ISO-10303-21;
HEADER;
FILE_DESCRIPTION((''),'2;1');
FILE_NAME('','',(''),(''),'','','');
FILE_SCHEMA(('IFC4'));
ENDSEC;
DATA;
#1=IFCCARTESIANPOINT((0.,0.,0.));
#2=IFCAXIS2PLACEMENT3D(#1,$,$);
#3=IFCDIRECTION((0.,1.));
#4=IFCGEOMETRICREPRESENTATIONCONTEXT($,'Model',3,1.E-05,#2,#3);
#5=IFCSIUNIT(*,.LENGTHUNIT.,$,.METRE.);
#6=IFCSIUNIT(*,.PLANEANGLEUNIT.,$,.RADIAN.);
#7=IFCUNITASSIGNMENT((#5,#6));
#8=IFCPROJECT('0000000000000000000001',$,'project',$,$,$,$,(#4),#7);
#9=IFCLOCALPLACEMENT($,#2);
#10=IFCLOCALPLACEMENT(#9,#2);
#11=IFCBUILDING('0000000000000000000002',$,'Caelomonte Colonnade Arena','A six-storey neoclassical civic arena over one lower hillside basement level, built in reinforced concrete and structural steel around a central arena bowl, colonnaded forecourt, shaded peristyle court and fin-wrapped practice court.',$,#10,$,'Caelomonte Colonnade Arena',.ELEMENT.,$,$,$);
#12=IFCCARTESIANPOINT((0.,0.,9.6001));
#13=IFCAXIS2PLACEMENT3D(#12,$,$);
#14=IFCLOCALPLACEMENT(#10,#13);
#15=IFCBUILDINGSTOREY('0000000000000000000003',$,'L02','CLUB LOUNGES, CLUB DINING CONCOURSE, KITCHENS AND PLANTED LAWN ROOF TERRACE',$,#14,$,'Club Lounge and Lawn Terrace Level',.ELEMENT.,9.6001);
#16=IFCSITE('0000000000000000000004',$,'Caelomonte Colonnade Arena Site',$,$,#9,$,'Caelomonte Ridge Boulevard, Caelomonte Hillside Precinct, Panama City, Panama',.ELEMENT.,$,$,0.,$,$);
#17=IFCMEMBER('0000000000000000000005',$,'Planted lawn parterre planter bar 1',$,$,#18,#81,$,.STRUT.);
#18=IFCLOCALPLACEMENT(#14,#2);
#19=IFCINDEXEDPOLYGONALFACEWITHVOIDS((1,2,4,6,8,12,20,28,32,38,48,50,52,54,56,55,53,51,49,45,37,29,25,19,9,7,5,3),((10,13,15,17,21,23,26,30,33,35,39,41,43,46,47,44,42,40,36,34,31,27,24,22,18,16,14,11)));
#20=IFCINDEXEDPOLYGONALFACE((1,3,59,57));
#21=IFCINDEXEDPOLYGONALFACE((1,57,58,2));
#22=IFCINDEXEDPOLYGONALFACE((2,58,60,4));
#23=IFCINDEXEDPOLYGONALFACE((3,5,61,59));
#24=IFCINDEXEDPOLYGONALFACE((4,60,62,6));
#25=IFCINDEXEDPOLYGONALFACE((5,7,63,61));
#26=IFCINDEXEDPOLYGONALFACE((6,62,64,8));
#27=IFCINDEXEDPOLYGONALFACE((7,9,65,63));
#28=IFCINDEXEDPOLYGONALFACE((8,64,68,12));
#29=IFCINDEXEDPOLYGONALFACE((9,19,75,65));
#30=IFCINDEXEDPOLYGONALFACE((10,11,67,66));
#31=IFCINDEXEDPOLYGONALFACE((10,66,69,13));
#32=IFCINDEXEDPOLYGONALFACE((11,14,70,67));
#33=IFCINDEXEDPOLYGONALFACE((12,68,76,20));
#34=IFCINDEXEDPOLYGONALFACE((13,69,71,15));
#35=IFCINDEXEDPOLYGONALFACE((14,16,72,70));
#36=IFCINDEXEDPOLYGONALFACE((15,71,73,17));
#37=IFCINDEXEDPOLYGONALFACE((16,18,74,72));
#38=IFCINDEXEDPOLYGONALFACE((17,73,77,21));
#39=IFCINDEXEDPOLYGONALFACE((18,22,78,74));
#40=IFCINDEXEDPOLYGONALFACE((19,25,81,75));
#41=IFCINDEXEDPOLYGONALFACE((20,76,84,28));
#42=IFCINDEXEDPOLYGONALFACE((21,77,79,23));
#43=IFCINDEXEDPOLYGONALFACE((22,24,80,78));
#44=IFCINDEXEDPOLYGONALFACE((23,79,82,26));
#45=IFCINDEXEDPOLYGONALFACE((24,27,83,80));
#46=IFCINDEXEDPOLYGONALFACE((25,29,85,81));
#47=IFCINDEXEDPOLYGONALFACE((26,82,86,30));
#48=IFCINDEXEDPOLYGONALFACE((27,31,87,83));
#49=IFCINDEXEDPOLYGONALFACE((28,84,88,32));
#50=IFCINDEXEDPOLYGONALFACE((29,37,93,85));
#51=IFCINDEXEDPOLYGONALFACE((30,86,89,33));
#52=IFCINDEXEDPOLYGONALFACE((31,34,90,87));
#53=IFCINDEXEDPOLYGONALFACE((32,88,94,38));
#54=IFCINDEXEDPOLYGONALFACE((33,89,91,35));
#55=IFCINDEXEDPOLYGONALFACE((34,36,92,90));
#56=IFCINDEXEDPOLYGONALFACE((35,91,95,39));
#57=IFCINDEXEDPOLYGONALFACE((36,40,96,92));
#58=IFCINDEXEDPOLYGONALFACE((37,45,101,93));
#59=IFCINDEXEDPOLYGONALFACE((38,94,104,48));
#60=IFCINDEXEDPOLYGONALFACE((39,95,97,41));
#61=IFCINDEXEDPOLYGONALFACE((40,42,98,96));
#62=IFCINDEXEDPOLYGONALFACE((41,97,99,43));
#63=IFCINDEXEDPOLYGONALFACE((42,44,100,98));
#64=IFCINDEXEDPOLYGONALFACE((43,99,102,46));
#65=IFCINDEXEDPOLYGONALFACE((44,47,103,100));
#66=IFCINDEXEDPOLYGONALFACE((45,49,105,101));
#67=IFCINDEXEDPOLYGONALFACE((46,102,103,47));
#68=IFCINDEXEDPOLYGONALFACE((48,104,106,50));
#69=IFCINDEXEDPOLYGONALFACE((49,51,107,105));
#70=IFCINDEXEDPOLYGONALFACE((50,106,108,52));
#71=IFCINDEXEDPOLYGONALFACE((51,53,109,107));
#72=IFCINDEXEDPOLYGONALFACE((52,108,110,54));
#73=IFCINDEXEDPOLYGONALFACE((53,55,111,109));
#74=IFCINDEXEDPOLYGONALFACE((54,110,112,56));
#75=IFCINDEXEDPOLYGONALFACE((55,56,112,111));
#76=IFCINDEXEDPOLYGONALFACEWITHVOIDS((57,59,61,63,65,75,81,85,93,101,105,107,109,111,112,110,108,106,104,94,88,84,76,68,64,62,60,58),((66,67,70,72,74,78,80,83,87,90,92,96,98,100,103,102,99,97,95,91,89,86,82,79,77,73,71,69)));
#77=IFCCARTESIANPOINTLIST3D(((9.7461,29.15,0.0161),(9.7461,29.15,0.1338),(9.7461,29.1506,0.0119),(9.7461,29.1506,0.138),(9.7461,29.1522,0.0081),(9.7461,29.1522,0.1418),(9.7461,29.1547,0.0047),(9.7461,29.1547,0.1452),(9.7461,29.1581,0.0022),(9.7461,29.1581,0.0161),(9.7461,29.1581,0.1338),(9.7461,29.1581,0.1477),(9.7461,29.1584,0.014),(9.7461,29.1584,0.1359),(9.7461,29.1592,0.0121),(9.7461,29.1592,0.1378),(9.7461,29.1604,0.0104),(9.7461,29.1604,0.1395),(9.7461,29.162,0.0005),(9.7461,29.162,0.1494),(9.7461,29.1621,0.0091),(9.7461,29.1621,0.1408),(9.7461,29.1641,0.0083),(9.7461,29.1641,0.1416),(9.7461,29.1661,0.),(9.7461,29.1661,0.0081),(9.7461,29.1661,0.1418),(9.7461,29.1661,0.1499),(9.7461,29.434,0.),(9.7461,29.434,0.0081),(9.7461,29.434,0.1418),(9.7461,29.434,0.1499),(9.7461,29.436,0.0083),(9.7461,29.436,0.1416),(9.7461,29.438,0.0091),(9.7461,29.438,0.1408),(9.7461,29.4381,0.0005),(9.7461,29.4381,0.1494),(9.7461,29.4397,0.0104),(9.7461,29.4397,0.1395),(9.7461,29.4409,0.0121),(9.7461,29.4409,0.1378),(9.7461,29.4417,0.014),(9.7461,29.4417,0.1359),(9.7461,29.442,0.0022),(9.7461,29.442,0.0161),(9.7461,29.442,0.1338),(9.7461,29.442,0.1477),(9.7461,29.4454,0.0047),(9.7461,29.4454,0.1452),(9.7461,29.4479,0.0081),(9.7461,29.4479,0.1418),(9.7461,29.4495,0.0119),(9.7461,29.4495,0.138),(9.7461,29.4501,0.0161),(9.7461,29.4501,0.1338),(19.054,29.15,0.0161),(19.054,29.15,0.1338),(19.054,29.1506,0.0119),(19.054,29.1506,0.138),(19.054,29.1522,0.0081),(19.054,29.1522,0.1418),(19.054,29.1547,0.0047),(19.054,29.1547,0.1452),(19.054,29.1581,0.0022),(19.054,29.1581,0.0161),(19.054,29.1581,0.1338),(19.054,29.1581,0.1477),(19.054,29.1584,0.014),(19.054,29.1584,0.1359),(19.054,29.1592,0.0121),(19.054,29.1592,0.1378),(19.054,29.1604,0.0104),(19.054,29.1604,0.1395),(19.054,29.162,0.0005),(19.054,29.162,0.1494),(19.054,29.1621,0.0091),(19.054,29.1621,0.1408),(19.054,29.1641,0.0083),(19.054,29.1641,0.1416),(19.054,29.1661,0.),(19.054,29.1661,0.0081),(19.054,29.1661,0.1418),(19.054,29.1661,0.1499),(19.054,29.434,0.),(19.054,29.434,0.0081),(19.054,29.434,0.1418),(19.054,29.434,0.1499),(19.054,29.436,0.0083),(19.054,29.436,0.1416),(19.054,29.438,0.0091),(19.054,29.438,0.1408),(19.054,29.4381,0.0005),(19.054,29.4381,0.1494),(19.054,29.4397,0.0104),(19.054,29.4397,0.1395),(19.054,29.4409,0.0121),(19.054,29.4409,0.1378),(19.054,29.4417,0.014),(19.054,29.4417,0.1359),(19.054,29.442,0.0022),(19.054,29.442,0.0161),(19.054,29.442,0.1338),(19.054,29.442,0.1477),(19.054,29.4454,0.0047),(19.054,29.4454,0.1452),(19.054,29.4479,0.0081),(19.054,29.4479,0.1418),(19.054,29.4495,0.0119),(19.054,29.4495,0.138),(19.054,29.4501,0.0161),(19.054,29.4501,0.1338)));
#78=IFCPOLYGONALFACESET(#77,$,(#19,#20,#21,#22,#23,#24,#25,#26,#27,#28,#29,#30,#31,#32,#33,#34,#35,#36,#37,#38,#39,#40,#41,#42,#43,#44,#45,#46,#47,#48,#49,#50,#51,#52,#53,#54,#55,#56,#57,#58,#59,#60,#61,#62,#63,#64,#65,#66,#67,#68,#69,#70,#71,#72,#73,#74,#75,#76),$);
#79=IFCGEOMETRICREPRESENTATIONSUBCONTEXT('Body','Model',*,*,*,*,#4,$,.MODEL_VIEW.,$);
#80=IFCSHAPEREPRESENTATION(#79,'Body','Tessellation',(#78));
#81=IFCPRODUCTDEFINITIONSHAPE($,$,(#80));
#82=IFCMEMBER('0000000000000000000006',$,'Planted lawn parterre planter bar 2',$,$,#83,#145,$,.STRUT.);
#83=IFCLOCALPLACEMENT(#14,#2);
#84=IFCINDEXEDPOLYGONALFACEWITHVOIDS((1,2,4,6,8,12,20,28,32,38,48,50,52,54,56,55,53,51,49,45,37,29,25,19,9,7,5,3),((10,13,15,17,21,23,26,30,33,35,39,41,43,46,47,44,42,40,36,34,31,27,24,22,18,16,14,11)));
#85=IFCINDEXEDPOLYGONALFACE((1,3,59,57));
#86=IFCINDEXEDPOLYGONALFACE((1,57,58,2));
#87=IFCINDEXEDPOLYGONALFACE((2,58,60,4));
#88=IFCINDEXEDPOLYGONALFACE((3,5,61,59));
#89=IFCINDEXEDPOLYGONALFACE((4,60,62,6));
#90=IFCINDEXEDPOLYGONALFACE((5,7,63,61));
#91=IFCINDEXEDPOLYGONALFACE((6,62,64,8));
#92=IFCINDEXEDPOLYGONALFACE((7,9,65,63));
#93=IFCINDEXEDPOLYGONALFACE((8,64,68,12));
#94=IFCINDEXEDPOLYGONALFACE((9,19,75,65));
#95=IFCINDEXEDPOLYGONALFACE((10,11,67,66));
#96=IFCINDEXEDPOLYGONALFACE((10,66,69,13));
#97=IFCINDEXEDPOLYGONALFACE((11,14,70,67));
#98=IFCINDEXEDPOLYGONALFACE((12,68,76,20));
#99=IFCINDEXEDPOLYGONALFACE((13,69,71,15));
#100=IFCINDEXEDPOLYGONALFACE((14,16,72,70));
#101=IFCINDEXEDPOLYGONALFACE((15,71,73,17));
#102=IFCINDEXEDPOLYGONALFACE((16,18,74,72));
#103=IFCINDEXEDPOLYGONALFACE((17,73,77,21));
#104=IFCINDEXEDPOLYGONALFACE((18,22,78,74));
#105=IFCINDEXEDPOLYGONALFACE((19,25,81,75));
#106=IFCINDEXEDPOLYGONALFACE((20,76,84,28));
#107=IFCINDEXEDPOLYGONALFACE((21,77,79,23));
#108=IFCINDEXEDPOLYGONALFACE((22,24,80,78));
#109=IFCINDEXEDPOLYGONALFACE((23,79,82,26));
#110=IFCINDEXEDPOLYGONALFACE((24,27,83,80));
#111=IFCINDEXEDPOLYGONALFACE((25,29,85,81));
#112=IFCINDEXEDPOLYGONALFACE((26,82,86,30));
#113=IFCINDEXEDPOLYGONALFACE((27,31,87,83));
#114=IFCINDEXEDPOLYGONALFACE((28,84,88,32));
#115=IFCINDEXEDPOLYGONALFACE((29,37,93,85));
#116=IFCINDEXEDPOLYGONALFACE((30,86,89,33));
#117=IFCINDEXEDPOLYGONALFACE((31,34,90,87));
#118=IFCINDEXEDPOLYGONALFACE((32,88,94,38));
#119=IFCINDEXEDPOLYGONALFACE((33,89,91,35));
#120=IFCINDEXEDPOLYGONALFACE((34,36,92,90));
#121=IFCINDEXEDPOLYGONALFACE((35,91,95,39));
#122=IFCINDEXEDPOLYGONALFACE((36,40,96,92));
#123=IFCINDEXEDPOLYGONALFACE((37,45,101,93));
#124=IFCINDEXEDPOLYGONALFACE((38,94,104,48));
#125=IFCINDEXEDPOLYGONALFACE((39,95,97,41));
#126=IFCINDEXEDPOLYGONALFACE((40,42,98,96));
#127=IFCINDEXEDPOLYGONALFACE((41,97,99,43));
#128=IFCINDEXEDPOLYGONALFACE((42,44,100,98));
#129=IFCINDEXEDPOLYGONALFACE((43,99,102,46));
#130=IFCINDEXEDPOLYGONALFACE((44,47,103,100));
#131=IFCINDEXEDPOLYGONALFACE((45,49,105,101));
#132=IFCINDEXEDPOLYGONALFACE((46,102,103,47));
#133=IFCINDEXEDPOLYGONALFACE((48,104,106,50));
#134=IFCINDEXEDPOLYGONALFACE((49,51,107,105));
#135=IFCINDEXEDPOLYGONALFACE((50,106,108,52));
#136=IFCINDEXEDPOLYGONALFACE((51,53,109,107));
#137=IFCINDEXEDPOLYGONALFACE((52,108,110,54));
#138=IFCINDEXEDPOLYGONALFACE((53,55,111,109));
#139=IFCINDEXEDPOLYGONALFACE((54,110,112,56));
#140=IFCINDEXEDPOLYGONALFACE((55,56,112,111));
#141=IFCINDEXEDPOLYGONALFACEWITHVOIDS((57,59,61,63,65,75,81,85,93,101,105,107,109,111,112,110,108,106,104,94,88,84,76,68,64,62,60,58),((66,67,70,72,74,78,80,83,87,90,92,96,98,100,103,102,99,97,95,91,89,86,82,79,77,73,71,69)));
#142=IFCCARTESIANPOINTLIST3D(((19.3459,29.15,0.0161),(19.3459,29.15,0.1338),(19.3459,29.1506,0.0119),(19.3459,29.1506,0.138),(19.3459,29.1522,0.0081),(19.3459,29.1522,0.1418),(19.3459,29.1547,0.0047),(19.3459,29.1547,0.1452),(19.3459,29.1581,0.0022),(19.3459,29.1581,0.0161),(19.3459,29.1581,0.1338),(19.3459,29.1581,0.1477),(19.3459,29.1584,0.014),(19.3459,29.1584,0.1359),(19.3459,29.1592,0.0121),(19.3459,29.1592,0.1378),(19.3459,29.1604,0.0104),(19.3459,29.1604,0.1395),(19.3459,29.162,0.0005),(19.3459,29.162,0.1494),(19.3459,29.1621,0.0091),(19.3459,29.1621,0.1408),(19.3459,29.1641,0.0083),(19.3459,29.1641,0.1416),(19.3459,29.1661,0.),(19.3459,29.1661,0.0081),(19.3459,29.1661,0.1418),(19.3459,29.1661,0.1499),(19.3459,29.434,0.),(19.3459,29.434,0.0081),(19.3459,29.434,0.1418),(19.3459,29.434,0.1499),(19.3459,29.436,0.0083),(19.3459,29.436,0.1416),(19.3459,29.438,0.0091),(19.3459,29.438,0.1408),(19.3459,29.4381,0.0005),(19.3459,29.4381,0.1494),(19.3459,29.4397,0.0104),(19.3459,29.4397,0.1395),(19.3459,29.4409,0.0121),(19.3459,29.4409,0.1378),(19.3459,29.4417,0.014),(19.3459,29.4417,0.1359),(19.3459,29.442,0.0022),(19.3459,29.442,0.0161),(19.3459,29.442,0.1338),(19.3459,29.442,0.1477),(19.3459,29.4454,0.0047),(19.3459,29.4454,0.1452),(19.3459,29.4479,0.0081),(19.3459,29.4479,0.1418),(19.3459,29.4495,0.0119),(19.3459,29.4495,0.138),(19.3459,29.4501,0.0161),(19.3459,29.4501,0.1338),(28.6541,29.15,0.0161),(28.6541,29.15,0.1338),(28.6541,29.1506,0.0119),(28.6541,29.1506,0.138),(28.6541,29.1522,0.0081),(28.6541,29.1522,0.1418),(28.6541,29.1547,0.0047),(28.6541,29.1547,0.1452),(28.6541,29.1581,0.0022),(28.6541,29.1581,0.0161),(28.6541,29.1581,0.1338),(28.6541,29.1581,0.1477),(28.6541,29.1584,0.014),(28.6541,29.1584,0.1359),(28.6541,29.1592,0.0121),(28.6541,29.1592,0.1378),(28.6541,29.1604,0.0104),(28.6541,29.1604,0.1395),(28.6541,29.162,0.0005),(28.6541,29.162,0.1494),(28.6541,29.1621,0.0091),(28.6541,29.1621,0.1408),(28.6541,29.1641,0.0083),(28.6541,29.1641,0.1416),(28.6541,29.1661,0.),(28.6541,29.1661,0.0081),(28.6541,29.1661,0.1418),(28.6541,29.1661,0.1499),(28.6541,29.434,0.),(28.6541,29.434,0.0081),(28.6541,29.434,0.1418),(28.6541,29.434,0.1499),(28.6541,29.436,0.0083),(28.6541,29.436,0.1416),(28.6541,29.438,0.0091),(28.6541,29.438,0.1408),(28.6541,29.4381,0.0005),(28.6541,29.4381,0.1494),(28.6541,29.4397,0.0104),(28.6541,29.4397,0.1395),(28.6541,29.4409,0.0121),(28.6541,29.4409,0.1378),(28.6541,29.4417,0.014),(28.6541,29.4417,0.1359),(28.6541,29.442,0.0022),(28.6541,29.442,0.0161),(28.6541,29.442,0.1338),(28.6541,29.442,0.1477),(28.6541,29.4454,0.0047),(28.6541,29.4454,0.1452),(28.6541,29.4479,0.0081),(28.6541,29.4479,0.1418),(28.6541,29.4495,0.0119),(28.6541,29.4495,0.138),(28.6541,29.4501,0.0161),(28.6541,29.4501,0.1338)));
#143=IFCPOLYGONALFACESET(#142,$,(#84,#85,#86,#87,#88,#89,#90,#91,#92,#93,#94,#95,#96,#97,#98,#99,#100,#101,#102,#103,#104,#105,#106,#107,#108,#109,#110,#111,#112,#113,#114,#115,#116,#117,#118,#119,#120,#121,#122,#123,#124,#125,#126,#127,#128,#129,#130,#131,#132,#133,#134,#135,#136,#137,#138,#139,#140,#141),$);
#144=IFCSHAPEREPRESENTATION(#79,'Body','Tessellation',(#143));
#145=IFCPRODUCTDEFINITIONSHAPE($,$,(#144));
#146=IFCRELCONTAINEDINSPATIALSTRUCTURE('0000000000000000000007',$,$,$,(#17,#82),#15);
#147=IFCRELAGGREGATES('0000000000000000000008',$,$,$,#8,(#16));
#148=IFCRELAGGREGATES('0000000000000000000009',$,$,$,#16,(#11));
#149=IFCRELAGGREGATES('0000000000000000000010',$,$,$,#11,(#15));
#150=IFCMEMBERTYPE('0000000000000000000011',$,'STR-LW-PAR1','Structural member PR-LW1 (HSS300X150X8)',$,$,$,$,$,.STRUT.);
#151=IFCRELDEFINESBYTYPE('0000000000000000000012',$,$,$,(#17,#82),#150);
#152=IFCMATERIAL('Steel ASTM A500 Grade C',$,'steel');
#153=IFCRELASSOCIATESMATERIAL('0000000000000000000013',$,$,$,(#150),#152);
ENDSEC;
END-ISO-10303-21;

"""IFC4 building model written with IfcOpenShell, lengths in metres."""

from ifc_helpers import new_model, si_unit, direction, frame, origin, origin_2d, place, context, subcontext, project, spatial, hollow_rectangle, extrude, material, material_profile, profile_set, type_object, element, save


model = new_model("IFC4")

# Units and contexts
model_context = context("Model", 3, precision=1e-05, world=origin(), true_north=direction((0.0, 1.0)))
body_context = subcontext(model_context, "Body", "Model", "MODEL_VIEW")
ifc_project = project(units=[si_unit("LENGTHUNIT", "METRE"), si_unit("PLANEANGLEUNIT", "RADIAN")], contexts=[model_context])

# Site, building, storey
site_placement = place(None, origin())
site = spatial("IfcSite", under=ifc_project, at=site_placement, Name="Caelomonte Colonnade Arena Site", LongName="Caelomonte Ridge Boulevard, Caelomonte Hillside Precinct, Panama City, Panama", CompositionType="ELEMENT", RefElevation=0.0)
building_placement = place(site_placement, origin())
building = spatial("IfcBuilding", under=site, at=building_placement, Name="Caelomonte Colonnade Arena", Description="A six-storey neoclassical civic arena over one lower hillside basement level, built in reinforced concrete and structural steel around a central arena bowl, colonnaded forecourt, shaded peristyle court and fin-wrapped practice court.", LongName="Caelomonte Colonnade Arena", CompositionType="ELEMENT")
storey_placement = place(building_placement, frame((0.0, 0.0, 9.6001)))
storey = spatial("IfcBuildingStorey", under=building, at=storey_placement, Name="L02", Description="CLUB LOUNGES, CLUB DINING CONCOURSE, KITCHENS AND PLANTED LAWN ROOF TERRACE", LongName="Club Lounge and Lawn Terrace Level", CompositionType="ELEMENT", Elevation=9.6001)

# Members
ifc_material_1 = material(Name="Steel ASTM A500 Grade C", Category="steel")
ifc_material_profile_1 = material_profile(ifc_material_1, hollow_rectangle(XDim=0.3, YDim=0.1499, WallThickness=0.0081, InnerFilletRadius=0.0081, OuterFilletRadius=0.0161, at=origin_2d()), Name="HSS300X150X8")
ifc_profile_set_1 = profile_set([ifc_material_profile_1], Name="Steel ASTM A500 Grade C")
member_type = type_object("IfcMemberType", Name="STR-LW-PAR1", Description="Structural member PR-LW1 (HSS300X150X8)", PredefinedType="STRUT", material=ifc_profile_set_1)
member_1_placement = place(storey_placement, frame((9.7461, 29.3, 0.075), z_axis=(1.0, 0.0, 0.0), x_axis=(0.0, 1.0, 0.0)))
element("IfcMember", 1, at=member_1_placement, inside=storey, type_object=member_type, Name="Planted lawn parterre planter bar 1", PredefinedType="STRUT", context=body_context, shape_type="SweptSolid", body=[
    extrude(hollow_rectangle(XDim=0.3, YDim=0.1499, WallThickness=0.0081, InnerFilletRadius=0.0081, OuterFilletRadius=0.0161, at=origin_2d()), origin(), (0.0, 0.0, 1.0), 9.3079),
])
member_2_placement = place(storey_placement, frame((19.3459, 29.3, 0.075), z_axis=(1.0, 0.0, 0.0), x_axis=(0.0, 1.0, 0.0)))
element("IfcMember", 2, at=member_2_placement, inside=storey, type_object=member_type, Name="Planted lawn parterre planter bar 2", PredefinedType="STRUT", context=body_context, shape_type="SweptSolid", body=[
    extrude(hollow_rectangle(XDim=0.3, YDim=0.1499, WallThickness=0.0081, InnerFilletRadius=0.0081, OuterFilletRadius=0.0161, at=origin_2d()), origin(), (0.0, 0.0, 1.0), 9.3081),
])

save(model, "model.ifc")
